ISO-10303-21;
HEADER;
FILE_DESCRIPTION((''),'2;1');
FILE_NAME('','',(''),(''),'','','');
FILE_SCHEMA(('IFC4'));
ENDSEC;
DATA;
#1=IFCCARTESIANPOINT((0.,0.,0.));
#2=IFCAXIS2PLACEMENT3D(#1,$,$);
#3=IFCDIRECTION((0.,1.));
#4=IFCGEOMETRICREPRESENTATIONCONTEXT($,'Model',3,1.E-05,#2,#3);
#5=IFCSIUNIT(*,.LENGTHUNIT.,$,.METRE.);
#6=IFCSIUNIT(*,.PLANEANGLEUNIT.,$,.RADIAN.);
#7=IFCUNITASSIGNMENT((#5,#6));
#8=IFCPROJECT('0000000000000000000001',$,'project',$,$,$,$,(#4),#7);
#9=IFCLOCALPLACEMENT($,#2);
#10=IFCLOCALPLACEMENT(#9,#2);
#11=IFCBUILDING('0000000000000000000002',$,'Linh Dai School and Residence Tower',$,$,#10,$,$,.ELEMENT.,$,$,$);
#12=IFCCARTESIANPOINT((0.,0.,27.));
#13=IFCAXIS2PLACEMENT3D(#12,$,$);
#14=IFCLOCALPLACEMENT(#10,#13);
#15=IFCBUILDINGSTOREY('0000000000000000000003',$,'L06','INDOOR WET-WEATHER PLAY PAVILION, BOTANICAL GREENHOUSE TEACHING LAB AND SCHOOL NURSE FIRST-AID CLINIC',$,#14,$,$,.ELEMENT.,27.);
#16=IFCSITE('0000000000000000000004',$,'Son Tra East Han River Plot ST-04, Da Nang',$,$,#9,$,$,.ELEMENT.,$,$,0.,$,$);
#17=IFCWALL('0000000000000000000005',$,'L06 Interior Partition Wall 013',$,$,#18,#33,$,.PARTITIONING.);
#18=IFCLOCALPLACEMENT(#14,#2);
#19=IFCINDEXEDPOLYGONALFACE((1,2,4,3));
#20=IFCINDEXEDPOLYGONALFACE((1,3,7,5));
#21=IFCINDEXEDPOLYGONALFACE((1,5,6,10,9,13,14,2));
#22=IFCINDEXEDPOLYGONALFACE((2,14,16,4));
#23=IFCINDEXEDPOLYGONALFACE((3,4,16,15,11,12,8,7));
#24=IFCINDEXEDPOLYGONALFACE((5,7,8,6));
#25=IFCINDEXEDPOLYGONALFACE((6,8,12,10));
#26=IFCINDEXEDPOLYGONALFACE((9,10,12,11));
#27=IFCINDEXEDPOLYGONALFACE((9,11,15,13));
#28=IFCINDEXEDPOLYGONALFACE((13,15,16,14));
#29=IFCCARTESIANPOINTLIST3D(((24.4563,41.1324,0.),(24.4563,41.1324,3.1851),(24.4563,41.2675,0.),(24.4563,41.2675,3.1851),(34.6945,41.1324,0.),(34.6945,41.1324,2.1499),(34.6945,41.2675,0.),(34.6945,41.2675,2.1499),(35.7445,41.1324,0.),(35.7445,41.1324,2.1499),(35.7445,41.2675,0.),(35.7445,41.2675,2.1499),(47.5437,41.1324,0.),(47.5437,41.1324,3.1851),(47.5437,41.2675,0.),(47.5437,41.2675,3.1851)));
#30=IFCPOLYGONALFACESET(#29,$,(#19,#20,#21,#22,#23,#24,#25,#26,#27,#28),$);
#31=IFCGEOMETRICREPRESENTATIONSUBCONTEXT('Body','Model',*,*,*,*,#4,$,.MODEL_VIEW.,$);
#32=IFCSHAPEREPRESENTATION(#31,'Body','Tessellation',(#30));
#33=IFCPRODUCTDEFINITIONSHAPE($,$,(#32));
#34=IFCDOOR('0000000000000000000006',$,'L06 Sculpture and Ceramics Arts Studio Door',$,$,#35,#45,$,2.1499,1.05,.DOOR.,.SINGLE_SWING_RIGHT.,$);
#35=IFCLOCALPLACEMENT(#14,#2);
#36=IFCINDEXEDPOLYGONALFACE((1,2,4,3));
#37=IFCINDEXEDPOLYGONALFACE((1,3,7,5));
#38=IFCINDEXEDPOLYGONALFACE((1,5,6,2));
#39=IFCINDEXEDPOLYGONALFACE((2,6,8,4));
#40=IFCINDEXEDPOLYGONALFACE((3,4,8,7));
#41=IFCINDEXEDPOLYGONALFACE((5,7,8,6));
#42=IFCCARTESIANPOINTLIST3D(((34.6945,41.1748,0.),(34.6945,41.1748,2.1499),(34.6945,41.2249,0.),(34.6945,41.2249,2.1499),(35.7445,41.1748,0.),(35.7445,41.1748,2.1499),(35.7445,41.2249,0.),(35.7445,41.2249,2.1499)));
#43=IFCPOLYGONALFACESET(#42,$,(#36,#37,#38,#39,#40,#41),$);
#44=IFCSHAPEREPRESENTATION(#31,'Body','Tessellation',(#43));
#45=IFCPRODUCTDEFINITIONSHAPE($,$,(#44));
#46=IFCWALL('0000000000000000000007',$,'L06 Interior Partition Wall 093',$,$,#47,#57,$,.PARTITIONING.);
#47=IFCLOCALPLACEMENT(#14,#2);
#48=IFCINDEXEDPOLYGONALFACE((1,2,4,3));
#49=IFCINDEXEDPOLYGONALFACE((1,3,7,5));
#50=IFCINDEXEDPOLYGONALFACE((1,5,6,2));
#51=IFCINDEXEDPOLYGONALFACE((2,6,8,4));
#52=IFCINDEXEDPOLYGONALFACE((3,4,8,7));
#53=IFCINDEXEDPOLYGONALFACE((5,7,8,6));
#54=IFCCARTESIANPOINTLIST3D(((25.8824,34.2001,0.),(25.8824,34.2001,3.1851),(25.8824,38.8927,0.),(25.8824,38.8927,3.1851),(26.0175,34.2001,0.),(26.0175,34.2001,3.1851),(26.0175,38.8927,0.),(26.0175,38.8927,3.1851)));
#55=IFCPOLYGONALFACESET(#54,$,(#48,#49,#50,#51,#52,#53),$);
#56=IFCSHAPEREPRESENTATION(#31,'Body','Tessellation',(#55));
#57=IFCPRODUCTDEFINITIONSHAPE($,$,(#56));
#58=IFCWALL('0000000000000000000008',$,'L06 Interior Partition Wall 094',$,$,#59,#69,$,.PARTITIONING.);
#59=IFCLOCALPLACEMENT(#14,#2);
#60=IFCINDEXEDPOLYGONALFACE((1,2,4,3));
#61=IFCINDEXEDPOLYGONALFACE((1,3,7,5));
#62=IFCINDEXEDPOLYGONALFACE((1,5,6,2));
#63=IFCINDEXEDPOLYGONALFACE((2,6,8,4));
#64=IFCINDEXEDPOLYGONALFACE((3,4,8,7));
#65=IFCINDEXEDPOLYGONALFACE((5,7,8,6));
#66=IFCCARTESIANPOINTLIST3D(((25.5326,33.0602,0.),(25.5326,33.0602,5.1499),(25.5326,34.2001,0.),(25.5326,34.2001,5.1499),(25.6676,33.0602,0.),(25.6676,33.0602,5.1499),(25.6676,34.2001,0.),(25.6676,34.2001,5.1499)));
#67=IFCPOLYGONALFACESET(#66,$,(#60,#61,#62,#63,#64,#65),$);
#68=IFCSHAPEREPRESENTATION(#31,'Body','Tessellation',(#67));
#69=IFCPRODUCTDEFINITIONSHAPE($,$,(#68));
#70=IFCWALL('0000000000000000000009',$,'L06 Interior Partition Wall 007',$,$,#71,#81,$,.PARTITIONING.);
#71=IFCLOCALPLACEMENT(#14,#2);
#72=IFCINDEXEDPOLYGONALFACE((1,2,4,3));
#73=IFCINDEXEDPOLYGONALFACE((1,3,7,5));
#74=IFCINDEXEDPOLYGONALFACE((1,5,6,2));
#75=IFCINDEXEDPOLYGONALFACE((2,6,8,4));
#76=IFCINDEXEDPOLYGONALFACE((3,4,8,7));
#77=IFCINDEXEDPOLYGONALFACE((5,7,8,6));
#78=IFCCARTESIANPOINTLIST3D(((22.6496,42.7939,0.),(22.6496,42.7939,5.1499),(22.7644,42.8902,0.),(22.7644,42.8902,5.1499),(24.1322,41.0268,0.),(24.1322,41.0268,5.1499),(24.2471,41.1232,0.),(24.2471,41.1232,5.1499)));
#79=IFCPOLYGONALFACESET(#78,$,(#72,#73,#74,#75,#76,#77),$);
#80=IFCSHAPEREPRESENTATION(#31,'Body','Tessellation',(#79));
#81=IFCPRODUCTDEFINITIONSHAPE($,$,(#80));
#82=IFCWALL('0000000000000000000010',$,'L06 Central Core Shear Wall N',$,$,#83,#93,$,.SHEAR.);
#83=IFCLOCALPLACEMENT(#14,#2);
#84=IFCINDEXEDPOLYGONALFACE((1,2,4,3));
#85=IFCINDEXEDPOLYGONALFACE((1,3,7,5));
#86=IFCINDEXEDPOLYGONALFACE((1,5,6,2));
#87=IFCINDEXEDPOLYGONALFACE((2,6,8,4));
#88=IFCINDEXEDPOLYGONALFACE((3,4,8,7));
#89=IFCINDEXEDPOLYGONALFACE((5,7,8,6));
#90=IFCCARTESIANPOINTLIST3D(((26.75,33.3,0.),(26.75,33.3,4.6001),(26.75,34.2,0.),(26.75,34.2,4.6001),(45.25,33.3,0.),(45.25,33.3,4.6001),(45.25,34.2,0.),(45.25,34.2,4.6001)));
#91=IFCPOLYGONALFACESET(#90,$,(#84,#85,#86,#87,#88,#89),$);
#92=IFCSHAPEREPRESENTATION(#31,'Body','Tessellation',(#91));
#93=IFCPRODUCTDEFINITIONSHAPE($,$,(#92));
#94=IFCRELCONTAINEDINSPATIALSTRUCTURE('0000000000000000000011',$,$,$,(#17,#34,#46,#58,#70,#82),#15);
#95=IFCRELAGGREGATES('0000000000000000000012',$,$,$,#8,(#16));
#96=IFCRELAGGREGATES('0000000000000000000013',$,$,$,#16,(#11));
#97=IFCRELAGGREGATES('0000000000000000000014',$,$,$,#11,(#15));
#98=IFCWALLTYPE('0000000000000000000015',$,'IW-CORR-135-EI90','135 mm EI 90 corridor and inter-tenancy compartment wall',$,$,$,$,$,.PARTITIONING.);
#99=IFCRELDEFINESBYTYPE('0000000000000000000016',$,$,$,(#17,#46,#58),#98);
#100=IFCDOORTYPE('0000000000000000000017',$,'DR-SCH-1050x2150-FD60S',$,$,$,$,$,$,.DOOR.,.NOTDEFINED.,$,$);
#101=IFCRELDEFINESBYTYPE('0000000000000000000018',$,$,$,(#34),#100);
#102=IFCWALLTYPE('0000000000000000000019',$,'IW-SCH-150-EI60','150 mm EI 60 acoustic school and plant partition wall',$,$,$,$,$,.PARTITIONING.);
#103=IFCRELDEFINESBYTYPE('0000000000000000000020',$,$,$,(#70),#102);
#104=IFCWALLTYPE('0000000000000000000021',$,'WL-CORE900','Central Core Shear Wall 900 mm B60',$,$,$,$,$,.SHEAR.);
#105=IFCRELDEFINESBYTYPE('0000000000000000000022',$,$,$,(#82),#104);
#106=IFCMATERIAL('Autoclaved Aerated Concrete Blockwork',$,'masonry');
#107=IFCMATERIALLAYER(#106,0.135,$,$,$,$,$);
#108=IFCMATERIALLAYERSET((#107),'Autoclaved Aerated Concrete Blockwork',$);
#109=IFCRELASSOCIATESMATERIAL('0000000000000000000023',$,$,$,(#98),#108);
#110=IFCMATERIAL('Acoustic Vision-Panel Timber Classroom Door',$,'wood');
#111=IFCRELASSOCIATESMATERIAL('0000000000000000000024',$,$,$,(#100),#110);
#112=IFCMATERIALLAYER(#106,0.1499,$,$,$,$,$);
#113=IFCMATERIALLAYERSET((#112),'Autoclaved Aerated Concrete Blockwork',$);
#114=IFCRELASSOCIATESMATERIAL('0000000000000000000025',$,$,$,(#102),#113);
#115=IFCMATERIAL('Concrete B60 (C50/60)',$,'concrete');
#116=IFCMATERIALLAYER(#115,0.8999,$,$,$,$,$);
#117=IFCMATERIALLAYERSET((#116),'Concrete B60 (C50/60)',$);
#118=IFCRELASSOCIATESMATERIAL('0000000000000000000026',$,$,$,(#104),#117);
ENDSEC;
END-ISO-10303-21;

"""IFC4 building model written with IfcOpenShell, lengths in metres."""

from ifc_helpers import new_model, si_unit, direction, frame, frame_2d, origin, origin_2d, place, context, subcontext, project, spatial, rectangle, extrude, source, transform, mapped, material, layer, layer_set, type_object, element, fill, save


model = new_model("IFC4")

# Units and contexts
model_context = context("Model", 3, precision=1e-05, world=origin(), true_north=direction((0.0, 1.0)))
body_context = subcontext(model_context, "Body", "Model", "MODEL_VIEW")
ifc_project = project(units=[si_unit("LENGTHUNIT", "METRE"), si_unit("PLANEANGLEUNIT", "RADIAN")], contexts=[model_context])

# Site, building, storey
site_placement = place(None, origin())
site = spatial("IfcSite", under=ifc_project, at=site_placement, Name="Son Tra East Han River Plot ST-04, Da Nang", CompositionType="ELEMENT", RefElevation=0.0)
building_placement = place(site_placement, origin())
building = spatial("IfcBuilding", under=site, at=building_placement, Name="Linh Dai School and Residence Tower", CompositionType="ELEMENT")
storey_placement = place(building_placement, frame((0.0, 0.0, 27.0)))
storey = spatial("IfcBuildingStorey", under=building, at=storey_placement, Name="L06", Description="INDOOR WET-WEATHER PLAY PAVILION, BOTANICAL GREENHOUSE TEACHING LAB AND SCHOOL NURSE FIRST-AID CLINIC", CompositionType="ELEMENT", Elevation=27.0)

# Shared definitions
ifc_material_1 = material(Name="Concrete B60 (C50/60)", Category="concrete")

# Shared definitions
ifc_material_2 = material(Name="Autoclaved Aerated Concrete Blockwork", Category="masonry")
ifc_layer_1 = layer(ifc_material_2, 0.135)
ifc_layer_set_1 = layer_set([ifc_layer_1], Name="Autoclaved Aerated Concrete Blockwork")
wall_type_1 = type_object("IfcWallType", Name="IW-CORR-135-EI90", Description="135 mm EI 90 corridor and inter-tenancy compartment wall", PredefinedType="PARTITIONING", material=ifc_layer_set_1)

# Wall, opening, door
wall_1_placement = place(storey_placement, frame((24.4563, 41.2, 0.0), z_axis=(0.0, 0.0, 1.0), x_axis=(1.0, 0.0, 0.0)))
wall_1 = element("IfcWall", 1, at=wall_1_placement, inside=storey, type_object=wall_type_1, Name="L06 Interior Partition Wall 013", PredefinedType="PARTITIONING", context=body_context, shape_type="SweptSolid", body=[
    extrude(rectangle(XDim=23.0874, YDim=0.135, at=frame_2d((11.5437, 0.0))), origin(), (0.0, 0.0, 1.0), 3.1851),
])
opening_1_placement = place(wall_1_placement, frame((10.2383, 0.0, 0.0)))
opening_1 = element("IfcOpeningElement", 2, at=opening_1_placement, cuts=wall_1, PredefinedType="OPENING", context=body_context, shape_type="SweptSolid", body=[
    extrude(rectangle(XDim=1.05, YDim=2.1499, at=origin_2d()), frame((0.5249, 0.0776, 1.075), z_axis=(0.0, -1.0, 0.0), x_axis=(1.0, 0.0, 0.0)), (0.0, 0.0, 1.0), 0.155),
])
ifc_material_3 = material(Name="Acoustic Vision-Panel Timber Classroom Door", Category="wood")
door_type_1 = type_object("IfcDoorType", Name="DR-SCH-1050x2150-FD60S", OperationType="NOTDEFINED", PredefinedType="DOOR", material=ifc_material_3)
shared_shape_1 = source(origin(), body_context, "Body", "SweptSolid", [
    extrude(rectangle(XDim=1.05, YDim=2.1499, at=origin_2d()), frame((0.5249, 0.0249, 1.075), z_axis=(0.0, -1.0, 0.0), x_axis=(1.0, 0.0, 0.0)), (0.0, 0.0, 1.0), 0.05),
])
door_1_placement = place(opening_1_placement, origin())
door_1 = element("IfcDoor", 3, at=door_1_placement, inside=storey, type_object=door_type_1, Name="L06 Sculpture and Ceramics Arts Studio Door", OperationType="SINGLE_SWING_RIGHT", OverallHeight=2.1499, OverallWidth=1.05, PredefinedType="DOOR", context=body_context, shape_type="MappedRepresentation", body=[
    mapped(shared_shape_1, transform((0.0, 0.0, 0.0), x_axis=(1.0, 0.0, 0.0), y_axis=(0.0, 1.0, 0.0), z_axis=(0.0, 0.0, 1.0), scale=1.0)),
])
fill(opening_1, door_1)

# Walls
wall_2_placement = place(storey_placement, frame((25.95, 38.8926, 0.0), z_axis=(0.0, 0.0, 1.0), x_axis=(0.0, -1.0, 0.0)))
element("IfcWall", 4, at=wall_2_placement, inside=storey, type_object=wall_type_1, Name="L06 Interior Partition Wall 093", PredefinedType="PARTITIONING", context=body_context, shape_type="SweptSolid", body=[
    extrude(rectangle(XDim=4.6926, YDim=0.135, at=frame_2d((2.3462, 0.0))), origin(), (0.0, 0.0, 1.0), 3.1851),
])
wall_3_placement = place(storey_placement, frame((25.6001, 34.2, 0.0), z_axis=(0.0, 0.0, 1.0), x_axis=(0.0, -1.0, 0.0)))
element("IfcWall", 5, at=wall_3_placement, inside=storey, type_object=wall_type_1, Name="L06 Interior Partition Wall 094", PredefinedType="PARTITIONING", context=body_context, shape_type="SweptSolid", body=[
    extrude(rectangle(XDim=1.1399, YDim=0.135, at=frame_2d((0.5698, 0.0))), origin(), (0.0, 0.0, 1.0), 5.1499),
])
ifc_layer_2 = layer(ifc_material_2, 0.1499)
ifc_layer_set_2 = layer_set([ifc_layer_2], Name="Autoclaved Aerated Concrete Blockwork")
wall_type_2 = type_object("IfcWallType", Name="IW-SCH-150-EI60", Description="150 mm EI 60 acoustic school and plant partition wall", PredefinedType="PARTITIONING", material=ifc_layer_set_2)
wall_4_placement = place(storey_placement, frame((22.707, 42.842, 0.0), z_axis=(0.0, 0.0, 1.0), x_axis=(0.642763, -0.766065, 0.0)))
element("IfcWall", 6, at=wall_4_placement, inside=storey, type_object=wall_type_2, Name="L06 Interior Partition Wall 007", PredefinedType="PARTITIONING", context=body_context, shape_type="SweptSolid", body=[
    extrude(rectangle(XDim=2.3066, YDim=0.1499, at=frame_2d((1.1533, 0.0))), origin(), (0.0, 0.0, 1.0), 5.1499),
])
ifc_layer_3 = layer(ifc_material_1, 0.8999)
ifc_layer_set_3 = layer_set([ifc_layer_3], Name="Concrete B60 (C50/60)")
wall_type_3 = type_object("IfcWallType", Name="WL-CORE900", Description="Central Core Shear Wall 900 mm B60", PredefinedType="SHEAR", material=ifc_layer_set_3)
wall_5_placement = place(storey_placement, frame((26.75, 33.75, 0.0), z_axis=(0.0, 0.0, 1.0), x_axis=(1.0, 0.0, 0.0)))
element("IfcWall", 7, at=wall_5_placement, inside=storey, type_object=wall_type_3, Name="L06 Central Core Shear Wall N", PredefinedType="SHEAR", context=body_context, shape_type="SweptSolid", body=[
    extrude(rectangle(XDim=18.5, YDim=0.8999, at=frame_2d((9.25, 0.0))), origin(), (0.0, 0.0, 1.0), 4.6001),
])

save(model, "model.ifc")
